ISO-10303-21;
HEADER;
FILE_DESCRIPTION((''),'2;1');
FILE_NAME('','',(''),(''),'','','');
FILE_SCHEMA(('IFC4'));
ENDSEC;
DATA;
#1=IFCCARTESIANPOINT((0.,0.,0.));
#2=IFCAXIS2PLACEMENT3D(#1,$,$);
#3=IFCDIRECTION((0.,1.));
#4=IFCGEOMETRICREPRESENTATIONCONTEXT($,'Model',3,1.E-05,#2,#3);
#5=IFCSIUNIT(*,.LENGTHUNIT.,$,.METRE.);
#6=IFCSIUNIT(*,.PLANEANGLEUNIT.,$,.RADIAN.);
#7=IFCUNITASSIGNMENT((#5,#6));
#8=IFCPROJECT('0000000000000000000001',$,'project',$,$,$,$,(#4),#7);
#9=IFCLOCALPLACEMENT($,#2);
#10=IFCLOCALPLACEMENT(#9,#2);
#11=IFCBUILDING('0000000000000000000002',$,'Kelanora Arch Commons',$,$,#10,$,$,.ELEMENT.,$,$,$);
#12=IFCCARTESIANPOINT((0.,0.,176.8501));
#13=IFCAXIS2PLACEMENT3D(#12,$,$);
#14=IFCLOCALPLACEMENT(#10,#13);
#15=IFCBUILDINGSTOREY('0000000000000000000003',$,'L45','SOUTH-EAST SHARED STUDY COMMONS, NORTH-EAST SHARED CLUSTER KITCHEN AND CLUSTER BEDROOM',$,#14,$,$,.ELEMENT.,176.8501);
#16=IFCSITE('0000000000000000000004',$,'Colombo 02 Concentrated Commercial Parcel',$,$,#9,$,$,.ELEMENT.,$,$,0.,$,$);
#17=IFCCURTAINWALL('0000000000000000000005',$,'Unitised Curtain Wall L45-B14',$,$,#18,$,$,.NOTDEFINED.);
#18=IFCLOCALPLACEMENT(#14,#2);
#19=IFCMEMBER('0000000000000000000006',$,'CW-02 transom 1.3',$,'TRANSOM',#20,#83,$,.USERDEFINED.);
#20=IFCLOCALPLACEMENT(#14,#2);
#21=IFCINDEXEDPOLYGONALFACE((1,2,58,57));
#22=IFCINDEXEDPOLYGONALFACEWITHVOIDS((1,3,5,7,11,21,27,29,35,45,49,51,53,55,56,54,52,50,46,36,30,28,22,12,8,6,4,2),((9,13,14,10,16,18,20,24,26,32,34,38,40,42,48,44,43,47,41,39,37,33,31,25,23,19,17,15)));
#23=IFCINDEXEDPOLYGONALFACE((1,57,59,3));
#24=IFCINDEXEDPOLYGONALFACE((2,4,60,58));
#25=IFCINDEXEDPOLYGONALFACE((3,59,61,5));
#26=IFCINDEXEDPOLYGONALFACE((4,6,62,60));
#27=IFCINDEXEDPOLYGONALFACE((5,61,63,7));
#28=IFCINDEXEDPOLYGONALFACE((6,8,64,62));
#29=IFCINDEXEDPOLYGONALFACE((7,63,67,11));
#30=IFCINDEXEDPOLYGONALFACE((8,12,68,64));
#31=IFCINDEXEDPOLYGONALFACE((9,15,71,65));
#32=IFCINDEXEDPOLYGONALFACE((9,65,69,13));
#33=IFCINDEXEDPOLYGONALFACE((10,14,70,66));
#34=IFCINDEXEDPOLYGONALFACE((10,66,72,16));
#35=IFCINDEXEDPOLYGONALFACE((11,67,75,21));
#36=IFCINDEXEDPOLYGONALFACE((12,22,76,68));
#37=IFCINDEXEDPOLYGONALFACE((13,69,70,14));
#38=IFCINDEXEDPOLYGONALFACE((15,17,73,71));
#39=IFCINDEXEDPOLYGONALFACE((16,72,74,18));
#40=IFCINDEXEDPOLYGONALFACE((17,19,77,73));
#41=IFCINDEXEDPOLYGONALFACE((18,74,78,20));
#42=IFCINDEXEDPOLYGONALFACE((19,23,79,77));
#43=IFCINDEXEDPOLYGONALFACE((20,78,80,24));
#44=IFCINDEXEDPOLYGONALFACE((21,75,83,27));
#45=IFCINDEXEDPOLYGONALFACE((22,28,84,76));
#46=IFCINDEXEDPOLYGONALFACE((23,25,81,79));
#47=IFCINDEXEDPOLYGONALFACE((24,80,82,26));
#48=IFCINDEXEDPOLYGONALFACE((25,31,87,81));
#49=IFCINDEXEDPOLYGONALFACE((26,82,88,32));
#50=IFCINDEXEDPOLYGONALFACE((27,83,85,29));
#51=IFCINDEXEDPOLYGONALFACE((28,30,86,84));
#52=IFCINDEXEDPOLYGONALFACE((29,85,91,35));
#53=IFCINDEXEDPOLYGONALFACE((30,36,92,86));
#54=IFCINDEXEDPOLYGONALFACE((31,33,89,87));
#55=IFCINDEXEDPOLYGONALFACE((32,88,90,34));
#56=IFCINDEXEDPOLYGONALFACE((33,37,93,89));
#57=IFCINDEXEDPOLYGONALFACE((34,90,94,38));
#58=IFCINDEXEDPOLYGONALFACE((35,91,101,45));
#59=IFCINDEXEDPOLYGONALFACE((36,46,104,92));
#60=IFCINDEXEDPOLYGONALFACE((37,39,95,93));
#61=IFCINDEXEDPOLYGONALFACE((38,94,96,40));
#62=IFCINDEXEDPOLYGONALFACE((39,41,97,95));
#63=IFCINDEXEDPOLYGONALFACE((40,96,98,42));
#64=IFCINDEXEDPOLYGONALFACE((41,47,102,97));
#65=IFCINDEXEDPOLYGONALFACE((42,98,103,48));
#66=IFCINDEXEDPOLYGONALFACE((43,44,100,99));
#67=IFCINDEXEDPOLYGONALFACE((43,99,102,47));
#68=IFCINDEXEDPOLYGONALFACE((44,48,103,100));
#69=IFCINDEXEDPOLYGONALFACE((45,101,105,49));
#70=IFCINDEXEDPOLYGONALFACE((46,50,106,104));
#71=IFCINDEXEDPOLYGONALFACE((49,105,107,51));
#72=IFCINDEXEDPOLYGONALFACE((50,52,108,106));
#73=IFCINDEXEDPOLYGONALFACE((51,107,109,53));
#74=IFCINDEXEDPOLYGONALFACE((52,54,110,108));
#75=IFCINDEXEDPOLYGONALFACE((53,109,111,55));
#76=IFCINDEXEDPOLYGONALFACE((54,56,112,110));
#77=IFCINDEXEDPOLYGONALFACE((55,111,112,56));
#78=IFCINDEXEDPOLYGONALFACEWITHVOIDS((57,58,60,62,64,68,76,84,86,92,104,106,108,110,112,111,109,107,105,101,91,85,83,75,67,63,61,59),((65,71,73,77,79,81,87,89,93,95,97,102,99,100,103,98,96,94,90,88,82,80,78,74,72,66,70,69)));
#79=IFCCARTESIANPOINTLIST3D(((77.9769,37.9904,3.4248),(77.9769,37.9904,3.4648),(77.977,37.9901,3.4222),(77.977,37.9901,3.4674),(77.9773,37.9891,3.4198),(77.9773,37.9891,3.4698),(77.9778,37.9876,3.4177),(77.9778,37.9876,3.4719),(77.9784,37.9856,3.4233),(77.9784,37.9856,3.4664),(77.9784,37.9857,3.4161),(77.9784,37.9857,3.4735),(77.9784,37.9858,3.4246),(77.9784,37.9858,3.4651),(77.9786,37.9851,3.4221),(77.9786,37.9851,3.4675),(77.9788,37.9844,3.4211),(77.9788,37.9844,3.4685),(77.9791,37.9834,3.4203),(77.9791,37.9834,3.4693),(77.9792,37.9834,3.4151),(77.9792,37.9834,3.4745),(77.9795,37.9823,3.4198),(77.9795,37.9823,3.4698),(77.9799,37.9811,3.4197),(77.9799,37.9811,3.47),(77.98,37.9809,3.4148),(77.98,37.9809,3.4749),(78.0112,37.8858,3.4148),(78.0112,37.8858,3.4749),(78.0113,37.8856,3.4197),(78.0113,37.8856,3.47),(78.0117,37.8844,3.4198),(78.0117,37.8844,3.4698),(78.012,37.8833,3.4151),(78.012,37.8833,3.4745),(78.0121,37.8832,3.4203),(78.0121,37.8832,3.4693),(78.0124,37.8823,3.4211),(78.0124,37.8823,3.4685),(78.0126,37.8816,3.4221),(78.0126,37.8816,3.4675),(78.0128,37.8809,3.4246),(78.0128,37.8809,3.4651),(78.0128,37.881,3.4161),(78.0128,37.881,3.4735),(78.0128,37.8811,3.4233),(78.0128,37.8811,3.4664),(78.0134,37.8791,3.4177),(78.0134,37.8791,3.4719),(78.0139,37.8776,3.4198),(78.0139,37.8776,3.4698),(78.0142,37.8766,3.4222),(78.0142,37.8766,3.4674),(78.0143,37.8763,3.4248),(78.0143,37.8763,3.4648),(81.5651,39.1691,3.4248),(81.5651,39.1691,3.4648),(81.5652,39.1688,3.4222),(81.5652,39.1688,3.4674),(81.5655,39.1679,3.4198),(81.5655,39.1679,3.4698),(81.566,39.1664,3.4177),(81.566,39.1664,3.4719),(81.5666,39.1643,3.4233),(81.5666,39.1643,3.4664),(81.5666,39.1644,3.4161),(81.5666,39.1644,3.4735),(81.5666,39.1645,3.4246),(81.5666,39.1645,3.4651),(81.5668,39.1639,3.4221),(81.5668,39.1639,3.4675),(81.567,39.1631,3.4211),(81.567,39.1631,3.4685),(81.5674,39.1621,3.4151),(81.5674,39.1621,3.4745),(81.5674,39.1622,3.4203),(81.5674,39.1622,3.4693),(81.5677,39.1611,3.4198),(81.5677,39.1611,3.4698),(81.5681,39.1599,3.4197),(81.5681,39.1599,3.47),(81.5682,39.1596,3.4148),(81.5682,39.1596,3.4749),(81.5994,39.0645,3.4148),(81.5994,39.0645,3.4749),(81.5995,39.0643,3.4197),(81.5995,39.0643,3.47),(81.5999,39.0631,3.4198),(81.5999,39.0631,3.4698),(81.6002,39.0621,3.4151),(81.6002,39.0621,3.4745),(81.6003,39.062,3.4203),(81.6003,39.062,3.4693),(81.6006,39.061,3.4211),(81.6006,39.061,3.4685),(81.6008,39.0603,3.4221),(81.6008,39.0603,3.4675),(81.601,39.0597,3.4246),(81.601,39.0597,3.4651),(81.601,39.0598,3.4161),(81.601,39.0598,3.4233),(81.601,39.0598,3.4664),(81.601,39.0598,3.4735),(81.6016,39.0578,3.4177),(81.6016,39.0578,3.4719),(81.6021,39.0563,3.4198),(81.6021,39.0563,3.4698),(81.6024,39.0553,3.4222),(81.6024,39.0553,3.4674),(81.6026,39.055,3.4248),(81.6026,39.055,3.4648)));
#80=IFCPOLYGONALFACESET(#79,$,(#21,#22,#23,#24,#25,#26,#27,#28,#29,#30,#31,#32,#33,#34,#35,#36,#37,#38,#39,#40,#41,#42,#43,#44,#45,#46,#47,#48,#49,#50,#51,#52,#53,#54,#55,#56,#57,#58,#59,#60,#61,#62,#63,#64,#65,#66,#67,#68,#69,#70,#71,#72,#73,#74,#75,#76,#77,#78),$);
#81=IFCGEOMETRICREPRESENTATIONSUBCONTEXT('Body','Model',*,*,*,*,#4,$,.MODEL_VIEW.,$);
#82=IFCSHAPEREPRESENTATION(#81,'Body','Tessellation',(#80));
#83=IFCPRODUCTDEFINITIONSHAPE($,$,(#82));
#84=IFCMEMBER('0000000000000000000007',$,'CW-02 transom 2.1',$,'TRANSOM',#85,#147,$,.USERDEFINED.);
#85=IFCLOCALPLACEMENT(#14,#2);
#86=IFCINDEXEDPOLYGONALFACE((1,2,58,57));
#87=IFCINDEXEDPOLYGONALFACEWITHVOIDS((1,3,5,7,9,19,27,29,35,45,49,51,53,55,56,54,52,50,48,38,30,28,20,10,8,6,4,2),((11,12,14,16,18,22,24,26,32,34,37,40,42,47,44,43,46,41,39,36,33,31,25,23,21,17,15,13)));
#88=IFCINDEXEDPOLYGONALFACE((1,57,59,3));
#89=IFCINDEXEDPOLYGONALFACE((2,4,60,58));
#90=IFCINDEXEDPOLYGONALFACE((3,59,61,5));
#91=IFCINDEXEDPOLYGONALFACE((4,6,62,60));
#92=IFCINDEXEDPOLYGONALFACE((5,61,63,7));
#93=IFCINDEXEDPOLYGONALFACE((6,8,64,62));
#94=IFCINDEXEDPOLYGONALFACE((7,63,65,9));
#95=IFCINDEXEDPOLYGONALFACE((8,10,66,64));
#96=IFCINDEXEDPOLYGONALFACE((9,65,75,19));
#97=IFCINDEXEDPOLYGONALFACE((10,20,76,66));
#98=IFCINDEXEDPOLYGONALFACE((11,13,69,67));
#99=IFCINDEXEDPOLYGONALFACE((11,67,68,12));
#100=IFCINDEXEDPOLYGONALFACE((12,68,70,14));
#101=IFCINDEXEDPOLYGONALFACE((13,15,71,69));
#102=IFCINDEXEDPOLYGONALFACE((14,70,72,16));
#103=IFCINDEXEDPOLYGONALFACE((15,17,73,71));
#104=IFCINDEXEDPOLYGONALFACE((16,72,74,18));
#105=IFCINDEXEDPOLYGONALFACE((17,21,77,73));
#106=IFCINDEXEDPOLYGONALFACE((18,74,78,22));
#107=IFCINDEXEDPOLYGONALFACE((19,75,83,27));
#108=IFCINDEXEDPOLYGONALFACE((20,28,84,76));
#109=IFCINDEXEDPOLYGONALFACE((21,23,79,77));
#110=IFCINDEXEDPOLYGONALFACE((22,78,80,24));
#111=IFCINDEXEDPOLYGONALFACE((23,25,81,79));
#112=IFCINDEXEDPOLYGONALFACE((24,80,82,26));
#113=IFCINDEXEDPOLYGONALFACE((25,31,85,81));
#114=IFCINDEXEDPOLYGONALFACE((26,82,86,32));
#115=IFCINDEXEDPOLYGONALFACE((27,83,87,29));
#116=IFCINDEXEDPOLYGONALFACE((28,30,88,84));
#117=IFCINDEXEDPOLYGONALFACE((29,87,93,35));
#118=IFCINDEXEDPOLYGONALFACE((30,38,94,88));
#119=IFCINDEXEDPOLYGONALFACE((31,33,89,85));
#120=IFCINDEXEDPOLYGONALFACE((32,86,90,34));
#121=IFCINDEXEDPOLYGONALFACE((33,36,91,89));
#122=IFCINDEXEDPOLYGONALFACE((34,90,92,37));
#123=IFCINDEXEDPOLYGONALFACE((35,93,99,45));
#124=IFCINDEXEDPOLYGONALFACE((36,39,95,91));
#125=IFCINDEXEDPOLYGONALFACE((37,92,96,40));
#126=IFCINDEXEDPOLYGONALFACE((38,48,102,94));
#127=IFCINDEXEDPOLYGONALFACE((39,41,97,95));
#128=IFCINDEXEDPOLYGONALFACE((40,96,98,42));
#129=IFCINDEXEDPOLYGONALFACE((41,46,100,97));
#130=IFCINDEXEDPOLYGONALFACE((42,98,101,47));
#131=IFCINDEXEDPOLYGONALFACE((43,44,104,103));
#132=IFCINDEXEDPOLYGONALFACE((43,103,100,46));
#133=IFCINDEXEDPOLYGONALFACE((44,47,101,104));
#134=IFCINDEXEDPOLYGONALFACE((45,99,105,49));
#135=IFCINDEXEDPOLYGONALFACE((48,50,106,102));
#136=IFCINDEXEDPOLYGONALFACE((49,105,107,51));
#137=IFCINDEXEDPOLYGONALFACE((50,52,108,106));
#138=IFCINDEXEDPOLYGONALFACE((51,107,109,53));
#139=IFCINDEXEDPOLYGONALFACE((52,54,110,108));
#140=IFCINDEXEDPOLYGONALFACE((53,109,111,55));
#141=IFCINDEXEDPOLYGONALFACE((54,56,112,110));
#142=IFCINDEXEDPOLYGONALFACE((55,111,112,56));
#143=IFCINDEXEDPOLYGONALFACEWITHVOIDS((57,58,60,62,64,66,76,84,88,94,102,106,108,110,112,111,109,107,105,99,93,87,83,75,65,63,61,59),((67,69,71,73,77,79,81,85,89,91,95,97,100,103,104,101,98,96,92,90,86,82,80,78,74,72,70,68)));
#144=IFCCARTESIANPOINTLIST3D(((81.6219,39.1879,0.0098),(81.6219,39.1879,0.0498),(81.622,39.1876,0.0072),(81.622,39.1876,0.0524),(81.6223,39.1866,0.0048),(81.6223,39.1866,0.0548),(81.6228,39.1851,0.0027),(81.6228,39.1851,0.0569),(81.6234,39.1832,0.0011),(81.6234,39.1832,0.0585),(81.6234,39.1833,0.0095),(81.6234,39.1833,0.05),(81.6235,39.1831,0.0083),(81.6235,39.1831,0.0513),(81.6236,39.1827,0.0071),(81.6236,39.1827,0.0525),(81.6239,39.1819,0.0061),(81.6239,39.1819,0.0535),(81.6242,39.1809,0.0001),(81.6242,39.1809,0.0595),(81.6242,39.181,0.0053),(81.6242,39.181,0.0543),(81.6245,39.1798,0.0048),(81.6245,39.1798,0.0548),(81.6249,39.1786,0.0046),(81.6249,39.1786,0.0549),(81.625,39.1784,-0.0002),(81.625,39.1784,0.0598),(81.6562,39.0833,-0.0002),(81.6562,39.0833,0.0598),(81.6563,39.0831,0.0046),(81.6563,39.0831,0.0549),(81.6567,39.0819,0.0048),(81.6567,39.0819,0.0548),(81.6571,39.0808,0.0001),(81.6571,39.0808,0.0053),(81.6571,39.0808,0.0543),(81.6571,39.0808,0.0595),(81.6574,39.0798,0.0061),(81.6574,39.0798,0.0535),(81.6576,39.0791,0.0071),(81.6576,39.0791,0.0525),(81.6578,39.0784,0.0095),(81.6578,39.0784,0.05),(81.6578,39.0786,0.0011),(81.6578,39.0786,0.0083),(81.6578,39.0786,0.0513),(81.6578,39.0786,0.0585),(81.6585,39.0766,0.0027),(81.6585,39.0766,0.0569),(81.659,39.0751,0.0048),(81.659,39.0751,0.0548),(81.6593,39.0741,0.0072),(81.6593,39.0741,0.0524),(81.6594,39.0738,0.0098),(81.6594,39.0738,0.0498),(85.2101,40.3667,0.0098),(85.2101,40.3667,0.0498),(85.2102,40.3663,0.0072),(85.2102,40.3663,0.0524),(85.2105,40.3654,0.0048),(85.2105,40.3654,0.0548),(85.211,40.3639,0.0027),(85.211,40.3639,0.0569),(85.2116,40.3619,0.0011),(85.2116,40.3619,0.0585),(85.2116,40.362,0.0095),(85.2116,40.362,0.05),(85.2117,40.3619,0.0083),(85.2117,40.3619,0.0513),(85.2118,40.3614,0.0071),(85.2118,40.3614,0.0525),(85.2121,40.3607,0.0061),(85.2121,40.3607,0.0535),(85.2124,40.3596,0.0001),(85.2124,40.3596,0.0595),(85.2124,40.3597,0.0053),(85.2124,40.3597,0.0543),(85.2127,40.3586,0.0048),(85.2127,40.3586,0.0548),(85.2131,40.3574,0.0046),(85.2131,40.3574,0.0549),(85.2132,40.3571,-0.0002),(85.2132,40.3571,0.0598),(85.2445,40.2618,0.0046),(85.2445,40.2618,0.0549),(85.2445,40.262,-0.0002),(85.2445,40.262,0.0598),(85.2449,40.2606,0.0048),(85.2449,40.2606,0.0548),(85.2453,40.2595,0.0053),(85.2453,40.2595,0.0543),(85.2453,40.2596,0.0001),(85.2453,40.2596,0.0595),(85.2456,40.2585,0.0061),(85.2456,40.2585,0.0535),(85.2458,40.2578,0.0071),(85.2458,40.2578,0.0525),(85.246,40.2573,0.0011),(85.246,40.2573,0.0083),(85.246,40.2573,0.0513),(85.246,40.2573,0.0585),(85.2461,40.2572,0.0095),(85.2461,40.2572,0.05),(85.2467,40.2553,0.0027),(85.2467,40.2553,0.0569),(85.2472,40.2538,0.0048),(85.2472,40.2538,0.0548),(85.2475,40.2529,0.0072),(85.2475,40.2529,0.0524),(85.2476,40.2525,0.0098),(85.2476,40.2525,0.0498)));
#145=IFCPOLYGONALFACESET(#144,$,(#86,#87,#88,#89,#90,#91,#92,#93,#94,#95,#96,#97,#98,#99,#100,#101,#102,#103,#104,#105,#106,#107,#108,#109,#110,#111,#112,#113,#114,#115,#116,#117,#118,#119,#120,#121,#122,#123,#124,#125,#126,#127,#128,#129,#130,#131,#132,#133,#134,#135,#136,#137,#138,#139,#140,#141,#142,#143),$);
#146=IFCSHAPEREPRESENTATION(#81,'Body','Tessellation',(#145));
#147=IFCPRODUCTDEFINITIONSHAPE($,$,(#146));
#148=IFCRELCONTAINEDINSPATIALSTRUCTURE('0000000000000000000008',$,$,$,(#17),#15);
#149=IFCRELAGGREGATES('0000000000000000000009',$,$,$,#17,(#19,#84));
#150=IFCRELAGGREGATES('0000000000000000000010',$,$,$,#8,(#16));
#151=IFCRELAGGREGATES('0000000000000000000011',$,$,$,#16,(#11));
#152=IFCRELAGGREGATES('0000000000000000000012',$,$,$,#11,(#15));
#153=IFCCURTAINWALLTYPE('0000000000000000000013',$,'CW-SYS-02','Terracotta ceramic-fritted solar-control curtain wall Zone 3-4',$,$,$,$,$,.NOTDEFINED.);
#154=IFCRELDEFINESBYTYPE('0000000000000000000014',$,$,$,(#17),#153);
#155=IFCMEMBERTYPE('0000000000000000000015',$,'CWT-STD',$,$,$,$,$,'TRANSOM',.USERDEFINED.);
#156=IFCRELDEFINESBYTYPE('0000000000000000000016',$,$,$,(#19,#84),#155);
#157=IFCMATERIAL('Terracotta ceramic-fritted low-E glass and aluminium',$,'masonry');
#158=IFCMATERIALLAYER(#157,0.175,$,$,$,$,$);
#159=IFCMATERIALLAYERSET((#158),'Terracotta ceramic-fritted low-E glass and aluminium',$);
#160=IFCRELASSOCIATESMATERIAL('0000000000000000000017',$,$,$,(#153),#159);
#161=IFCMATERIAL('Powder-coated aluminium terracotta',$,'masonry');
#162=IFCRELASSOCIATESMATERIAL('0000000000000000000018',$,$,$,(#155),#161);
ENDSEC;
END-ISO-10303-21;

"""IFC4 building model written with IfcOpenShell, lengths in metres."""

from ifc_helpers import new_model, si_unit, direction, frame, origin, origin_2d, place, context, subcontext, project, spatial, hollow_rectangle, extrude, material, layer, layer_set, material_profile, profile_set, type_object, element, aggregate, save


model = new_model("IFC4")

# Units and contexts
model_context = context("Model", 3, precision=1e-05, world=origin(), true_north=direction((0.0, 1.0)))
body_context = subcontext(model_context, "Body", "Model", "MODEL_VIEW")
ifc_project = project(units=[si_unit("LENGTHUNIT", "METRE"), si_unit("PLANEANGLEUNIT", "RADIAN")], contexts=[model_context])

# Site, building, storey
site_placement = place(None, origin())
site = spatial("IfcSite", under=ifc_project, at=site_placement, Name="Colombo 02 Concentrated Commercial Parcel", CompositionType="ELEMENT", RefElevation=0.0)
building_placement = place(site_placement, origin())
building = spatial("IfcBuilding", under=site, at=building_placement, Name="Kelanora Arch Commons", CompositionType="ELEMENT")
storey_placement = place(building_placement, frame((0.0, 0.0, 176.8501)))
storey = spatial("IfcBuildingStorey", under=building, at=storey_placement, Name="L45", Description="SOUTH-EAST SHARED STUDY COMMONS, NORTH-EAST SHARED CLUSTER KITCHEN AND CLUSTER BEDROOM", CompositionType="ELEMENT", Elevation=176.8501)

# Curtain wall, members
ifc_material_1 = material(Name="Terracotta ceramic-fritted low-E glass and aluminium", Category="masonry")
ifc_layer_1 = layer(ifc_material_1, 0.175)
ifc_layer_set_1 = layer_set([ifc_layer_1], Name="Terracotta ceramic-fritted low-E glass and aluminium")
curtain_wall_type = type_object("IfcCurtainWallType", Name="CW-SYS-02", Description="Terracotta ceramic-fritted solar-control curtain wall Zone 3-4", PredefinedType="NOTDEFINED", material=ifc_layer_set_1)
curtain_wall_placement = place(storey_placement, origin())
curtain_wall = element("IfcCurtainWall", 1, at=curtain_wall_placement, inside=storey, type_object=curtain_wall_type, Name="Unitised Curtain Wall L45-B14", PredefinedType="NOTDEFINED")
ifc_material_2 = material(Name="Powder-coated aluminium terracotta", Category="masonry")
ifc_material_profile_1 = material_profile(ifc_material_2, hollow_rectangle(XDim=0.1201, YDim=0.0601, WallThickness=0.0049, InnerFilletRadius=0.0049, OuterFilletRadius=0.01, at=origin_2d()), Name="CWT120x60")
ifc_profile_set_1 = profile_set([ifc_material_profile_1], Name="Powder-coated aluminium terracotta")
member_type_1 = type_object("IfcMemberType", Name="CWT-STD", ElementType="TRANSOM", PredefinedType="USERDEFINED", material=ifc_profile_set_1)
member_1_placement = place(storey_placement, frame((77.9956, 37.9333, 3.4448), z_axis=(0.950051, 0.312094, 0.0), x_axis=(-0.312094, 0.950051, 0.0)))
member_1 = element("IfcMember", 2, at=member_1_placement, type_object=member_type_1, Name="CW-02 transom 1.3", ObjectType="TRANSOM", PredefinedType="USERDEFINED", context=body_context, shape_type="SweptSolid", body=[
    extrude(hollow_rectangle(XDim=0.1201, YDim=0.0601, WallThickness=0.0049, InnerFilletRadius=0.0049, OuterFilletRadius=0.01, at=origin_2d()), origin(), (0.0, 0.0, 1.0), 3.7769),
])
member_2_placement = place(storey_placement, frame((81.6406, 39.1309, 0.0298), z_axis=(0.950051, 0.312094, 0.0), x_axis=(-0.312094, 0.950051, 0.0)))
member_2 = element("IfcMember", 3, at=member_2_placement, type_object=member_type_1, Name="CW-02 transom 2.1", ObjectType="TRANSOM", PredefinedType="USERDEFINED", context=body_context, shape_type="SweptSolid", body=[
    extrude(hollow_rectangle(XDim=0.1201, YDim=0.0601, WallThickness=0.0049, InnerFilletRadius=0.0049, OuterFilletRadius=0.01, at=origin_2d()), origin(), (0.0, 0.0, 1.0), 3.7769),
])
aggregate(curtain_wall, [member_1, member_2])

save(model, "model.ifc")
